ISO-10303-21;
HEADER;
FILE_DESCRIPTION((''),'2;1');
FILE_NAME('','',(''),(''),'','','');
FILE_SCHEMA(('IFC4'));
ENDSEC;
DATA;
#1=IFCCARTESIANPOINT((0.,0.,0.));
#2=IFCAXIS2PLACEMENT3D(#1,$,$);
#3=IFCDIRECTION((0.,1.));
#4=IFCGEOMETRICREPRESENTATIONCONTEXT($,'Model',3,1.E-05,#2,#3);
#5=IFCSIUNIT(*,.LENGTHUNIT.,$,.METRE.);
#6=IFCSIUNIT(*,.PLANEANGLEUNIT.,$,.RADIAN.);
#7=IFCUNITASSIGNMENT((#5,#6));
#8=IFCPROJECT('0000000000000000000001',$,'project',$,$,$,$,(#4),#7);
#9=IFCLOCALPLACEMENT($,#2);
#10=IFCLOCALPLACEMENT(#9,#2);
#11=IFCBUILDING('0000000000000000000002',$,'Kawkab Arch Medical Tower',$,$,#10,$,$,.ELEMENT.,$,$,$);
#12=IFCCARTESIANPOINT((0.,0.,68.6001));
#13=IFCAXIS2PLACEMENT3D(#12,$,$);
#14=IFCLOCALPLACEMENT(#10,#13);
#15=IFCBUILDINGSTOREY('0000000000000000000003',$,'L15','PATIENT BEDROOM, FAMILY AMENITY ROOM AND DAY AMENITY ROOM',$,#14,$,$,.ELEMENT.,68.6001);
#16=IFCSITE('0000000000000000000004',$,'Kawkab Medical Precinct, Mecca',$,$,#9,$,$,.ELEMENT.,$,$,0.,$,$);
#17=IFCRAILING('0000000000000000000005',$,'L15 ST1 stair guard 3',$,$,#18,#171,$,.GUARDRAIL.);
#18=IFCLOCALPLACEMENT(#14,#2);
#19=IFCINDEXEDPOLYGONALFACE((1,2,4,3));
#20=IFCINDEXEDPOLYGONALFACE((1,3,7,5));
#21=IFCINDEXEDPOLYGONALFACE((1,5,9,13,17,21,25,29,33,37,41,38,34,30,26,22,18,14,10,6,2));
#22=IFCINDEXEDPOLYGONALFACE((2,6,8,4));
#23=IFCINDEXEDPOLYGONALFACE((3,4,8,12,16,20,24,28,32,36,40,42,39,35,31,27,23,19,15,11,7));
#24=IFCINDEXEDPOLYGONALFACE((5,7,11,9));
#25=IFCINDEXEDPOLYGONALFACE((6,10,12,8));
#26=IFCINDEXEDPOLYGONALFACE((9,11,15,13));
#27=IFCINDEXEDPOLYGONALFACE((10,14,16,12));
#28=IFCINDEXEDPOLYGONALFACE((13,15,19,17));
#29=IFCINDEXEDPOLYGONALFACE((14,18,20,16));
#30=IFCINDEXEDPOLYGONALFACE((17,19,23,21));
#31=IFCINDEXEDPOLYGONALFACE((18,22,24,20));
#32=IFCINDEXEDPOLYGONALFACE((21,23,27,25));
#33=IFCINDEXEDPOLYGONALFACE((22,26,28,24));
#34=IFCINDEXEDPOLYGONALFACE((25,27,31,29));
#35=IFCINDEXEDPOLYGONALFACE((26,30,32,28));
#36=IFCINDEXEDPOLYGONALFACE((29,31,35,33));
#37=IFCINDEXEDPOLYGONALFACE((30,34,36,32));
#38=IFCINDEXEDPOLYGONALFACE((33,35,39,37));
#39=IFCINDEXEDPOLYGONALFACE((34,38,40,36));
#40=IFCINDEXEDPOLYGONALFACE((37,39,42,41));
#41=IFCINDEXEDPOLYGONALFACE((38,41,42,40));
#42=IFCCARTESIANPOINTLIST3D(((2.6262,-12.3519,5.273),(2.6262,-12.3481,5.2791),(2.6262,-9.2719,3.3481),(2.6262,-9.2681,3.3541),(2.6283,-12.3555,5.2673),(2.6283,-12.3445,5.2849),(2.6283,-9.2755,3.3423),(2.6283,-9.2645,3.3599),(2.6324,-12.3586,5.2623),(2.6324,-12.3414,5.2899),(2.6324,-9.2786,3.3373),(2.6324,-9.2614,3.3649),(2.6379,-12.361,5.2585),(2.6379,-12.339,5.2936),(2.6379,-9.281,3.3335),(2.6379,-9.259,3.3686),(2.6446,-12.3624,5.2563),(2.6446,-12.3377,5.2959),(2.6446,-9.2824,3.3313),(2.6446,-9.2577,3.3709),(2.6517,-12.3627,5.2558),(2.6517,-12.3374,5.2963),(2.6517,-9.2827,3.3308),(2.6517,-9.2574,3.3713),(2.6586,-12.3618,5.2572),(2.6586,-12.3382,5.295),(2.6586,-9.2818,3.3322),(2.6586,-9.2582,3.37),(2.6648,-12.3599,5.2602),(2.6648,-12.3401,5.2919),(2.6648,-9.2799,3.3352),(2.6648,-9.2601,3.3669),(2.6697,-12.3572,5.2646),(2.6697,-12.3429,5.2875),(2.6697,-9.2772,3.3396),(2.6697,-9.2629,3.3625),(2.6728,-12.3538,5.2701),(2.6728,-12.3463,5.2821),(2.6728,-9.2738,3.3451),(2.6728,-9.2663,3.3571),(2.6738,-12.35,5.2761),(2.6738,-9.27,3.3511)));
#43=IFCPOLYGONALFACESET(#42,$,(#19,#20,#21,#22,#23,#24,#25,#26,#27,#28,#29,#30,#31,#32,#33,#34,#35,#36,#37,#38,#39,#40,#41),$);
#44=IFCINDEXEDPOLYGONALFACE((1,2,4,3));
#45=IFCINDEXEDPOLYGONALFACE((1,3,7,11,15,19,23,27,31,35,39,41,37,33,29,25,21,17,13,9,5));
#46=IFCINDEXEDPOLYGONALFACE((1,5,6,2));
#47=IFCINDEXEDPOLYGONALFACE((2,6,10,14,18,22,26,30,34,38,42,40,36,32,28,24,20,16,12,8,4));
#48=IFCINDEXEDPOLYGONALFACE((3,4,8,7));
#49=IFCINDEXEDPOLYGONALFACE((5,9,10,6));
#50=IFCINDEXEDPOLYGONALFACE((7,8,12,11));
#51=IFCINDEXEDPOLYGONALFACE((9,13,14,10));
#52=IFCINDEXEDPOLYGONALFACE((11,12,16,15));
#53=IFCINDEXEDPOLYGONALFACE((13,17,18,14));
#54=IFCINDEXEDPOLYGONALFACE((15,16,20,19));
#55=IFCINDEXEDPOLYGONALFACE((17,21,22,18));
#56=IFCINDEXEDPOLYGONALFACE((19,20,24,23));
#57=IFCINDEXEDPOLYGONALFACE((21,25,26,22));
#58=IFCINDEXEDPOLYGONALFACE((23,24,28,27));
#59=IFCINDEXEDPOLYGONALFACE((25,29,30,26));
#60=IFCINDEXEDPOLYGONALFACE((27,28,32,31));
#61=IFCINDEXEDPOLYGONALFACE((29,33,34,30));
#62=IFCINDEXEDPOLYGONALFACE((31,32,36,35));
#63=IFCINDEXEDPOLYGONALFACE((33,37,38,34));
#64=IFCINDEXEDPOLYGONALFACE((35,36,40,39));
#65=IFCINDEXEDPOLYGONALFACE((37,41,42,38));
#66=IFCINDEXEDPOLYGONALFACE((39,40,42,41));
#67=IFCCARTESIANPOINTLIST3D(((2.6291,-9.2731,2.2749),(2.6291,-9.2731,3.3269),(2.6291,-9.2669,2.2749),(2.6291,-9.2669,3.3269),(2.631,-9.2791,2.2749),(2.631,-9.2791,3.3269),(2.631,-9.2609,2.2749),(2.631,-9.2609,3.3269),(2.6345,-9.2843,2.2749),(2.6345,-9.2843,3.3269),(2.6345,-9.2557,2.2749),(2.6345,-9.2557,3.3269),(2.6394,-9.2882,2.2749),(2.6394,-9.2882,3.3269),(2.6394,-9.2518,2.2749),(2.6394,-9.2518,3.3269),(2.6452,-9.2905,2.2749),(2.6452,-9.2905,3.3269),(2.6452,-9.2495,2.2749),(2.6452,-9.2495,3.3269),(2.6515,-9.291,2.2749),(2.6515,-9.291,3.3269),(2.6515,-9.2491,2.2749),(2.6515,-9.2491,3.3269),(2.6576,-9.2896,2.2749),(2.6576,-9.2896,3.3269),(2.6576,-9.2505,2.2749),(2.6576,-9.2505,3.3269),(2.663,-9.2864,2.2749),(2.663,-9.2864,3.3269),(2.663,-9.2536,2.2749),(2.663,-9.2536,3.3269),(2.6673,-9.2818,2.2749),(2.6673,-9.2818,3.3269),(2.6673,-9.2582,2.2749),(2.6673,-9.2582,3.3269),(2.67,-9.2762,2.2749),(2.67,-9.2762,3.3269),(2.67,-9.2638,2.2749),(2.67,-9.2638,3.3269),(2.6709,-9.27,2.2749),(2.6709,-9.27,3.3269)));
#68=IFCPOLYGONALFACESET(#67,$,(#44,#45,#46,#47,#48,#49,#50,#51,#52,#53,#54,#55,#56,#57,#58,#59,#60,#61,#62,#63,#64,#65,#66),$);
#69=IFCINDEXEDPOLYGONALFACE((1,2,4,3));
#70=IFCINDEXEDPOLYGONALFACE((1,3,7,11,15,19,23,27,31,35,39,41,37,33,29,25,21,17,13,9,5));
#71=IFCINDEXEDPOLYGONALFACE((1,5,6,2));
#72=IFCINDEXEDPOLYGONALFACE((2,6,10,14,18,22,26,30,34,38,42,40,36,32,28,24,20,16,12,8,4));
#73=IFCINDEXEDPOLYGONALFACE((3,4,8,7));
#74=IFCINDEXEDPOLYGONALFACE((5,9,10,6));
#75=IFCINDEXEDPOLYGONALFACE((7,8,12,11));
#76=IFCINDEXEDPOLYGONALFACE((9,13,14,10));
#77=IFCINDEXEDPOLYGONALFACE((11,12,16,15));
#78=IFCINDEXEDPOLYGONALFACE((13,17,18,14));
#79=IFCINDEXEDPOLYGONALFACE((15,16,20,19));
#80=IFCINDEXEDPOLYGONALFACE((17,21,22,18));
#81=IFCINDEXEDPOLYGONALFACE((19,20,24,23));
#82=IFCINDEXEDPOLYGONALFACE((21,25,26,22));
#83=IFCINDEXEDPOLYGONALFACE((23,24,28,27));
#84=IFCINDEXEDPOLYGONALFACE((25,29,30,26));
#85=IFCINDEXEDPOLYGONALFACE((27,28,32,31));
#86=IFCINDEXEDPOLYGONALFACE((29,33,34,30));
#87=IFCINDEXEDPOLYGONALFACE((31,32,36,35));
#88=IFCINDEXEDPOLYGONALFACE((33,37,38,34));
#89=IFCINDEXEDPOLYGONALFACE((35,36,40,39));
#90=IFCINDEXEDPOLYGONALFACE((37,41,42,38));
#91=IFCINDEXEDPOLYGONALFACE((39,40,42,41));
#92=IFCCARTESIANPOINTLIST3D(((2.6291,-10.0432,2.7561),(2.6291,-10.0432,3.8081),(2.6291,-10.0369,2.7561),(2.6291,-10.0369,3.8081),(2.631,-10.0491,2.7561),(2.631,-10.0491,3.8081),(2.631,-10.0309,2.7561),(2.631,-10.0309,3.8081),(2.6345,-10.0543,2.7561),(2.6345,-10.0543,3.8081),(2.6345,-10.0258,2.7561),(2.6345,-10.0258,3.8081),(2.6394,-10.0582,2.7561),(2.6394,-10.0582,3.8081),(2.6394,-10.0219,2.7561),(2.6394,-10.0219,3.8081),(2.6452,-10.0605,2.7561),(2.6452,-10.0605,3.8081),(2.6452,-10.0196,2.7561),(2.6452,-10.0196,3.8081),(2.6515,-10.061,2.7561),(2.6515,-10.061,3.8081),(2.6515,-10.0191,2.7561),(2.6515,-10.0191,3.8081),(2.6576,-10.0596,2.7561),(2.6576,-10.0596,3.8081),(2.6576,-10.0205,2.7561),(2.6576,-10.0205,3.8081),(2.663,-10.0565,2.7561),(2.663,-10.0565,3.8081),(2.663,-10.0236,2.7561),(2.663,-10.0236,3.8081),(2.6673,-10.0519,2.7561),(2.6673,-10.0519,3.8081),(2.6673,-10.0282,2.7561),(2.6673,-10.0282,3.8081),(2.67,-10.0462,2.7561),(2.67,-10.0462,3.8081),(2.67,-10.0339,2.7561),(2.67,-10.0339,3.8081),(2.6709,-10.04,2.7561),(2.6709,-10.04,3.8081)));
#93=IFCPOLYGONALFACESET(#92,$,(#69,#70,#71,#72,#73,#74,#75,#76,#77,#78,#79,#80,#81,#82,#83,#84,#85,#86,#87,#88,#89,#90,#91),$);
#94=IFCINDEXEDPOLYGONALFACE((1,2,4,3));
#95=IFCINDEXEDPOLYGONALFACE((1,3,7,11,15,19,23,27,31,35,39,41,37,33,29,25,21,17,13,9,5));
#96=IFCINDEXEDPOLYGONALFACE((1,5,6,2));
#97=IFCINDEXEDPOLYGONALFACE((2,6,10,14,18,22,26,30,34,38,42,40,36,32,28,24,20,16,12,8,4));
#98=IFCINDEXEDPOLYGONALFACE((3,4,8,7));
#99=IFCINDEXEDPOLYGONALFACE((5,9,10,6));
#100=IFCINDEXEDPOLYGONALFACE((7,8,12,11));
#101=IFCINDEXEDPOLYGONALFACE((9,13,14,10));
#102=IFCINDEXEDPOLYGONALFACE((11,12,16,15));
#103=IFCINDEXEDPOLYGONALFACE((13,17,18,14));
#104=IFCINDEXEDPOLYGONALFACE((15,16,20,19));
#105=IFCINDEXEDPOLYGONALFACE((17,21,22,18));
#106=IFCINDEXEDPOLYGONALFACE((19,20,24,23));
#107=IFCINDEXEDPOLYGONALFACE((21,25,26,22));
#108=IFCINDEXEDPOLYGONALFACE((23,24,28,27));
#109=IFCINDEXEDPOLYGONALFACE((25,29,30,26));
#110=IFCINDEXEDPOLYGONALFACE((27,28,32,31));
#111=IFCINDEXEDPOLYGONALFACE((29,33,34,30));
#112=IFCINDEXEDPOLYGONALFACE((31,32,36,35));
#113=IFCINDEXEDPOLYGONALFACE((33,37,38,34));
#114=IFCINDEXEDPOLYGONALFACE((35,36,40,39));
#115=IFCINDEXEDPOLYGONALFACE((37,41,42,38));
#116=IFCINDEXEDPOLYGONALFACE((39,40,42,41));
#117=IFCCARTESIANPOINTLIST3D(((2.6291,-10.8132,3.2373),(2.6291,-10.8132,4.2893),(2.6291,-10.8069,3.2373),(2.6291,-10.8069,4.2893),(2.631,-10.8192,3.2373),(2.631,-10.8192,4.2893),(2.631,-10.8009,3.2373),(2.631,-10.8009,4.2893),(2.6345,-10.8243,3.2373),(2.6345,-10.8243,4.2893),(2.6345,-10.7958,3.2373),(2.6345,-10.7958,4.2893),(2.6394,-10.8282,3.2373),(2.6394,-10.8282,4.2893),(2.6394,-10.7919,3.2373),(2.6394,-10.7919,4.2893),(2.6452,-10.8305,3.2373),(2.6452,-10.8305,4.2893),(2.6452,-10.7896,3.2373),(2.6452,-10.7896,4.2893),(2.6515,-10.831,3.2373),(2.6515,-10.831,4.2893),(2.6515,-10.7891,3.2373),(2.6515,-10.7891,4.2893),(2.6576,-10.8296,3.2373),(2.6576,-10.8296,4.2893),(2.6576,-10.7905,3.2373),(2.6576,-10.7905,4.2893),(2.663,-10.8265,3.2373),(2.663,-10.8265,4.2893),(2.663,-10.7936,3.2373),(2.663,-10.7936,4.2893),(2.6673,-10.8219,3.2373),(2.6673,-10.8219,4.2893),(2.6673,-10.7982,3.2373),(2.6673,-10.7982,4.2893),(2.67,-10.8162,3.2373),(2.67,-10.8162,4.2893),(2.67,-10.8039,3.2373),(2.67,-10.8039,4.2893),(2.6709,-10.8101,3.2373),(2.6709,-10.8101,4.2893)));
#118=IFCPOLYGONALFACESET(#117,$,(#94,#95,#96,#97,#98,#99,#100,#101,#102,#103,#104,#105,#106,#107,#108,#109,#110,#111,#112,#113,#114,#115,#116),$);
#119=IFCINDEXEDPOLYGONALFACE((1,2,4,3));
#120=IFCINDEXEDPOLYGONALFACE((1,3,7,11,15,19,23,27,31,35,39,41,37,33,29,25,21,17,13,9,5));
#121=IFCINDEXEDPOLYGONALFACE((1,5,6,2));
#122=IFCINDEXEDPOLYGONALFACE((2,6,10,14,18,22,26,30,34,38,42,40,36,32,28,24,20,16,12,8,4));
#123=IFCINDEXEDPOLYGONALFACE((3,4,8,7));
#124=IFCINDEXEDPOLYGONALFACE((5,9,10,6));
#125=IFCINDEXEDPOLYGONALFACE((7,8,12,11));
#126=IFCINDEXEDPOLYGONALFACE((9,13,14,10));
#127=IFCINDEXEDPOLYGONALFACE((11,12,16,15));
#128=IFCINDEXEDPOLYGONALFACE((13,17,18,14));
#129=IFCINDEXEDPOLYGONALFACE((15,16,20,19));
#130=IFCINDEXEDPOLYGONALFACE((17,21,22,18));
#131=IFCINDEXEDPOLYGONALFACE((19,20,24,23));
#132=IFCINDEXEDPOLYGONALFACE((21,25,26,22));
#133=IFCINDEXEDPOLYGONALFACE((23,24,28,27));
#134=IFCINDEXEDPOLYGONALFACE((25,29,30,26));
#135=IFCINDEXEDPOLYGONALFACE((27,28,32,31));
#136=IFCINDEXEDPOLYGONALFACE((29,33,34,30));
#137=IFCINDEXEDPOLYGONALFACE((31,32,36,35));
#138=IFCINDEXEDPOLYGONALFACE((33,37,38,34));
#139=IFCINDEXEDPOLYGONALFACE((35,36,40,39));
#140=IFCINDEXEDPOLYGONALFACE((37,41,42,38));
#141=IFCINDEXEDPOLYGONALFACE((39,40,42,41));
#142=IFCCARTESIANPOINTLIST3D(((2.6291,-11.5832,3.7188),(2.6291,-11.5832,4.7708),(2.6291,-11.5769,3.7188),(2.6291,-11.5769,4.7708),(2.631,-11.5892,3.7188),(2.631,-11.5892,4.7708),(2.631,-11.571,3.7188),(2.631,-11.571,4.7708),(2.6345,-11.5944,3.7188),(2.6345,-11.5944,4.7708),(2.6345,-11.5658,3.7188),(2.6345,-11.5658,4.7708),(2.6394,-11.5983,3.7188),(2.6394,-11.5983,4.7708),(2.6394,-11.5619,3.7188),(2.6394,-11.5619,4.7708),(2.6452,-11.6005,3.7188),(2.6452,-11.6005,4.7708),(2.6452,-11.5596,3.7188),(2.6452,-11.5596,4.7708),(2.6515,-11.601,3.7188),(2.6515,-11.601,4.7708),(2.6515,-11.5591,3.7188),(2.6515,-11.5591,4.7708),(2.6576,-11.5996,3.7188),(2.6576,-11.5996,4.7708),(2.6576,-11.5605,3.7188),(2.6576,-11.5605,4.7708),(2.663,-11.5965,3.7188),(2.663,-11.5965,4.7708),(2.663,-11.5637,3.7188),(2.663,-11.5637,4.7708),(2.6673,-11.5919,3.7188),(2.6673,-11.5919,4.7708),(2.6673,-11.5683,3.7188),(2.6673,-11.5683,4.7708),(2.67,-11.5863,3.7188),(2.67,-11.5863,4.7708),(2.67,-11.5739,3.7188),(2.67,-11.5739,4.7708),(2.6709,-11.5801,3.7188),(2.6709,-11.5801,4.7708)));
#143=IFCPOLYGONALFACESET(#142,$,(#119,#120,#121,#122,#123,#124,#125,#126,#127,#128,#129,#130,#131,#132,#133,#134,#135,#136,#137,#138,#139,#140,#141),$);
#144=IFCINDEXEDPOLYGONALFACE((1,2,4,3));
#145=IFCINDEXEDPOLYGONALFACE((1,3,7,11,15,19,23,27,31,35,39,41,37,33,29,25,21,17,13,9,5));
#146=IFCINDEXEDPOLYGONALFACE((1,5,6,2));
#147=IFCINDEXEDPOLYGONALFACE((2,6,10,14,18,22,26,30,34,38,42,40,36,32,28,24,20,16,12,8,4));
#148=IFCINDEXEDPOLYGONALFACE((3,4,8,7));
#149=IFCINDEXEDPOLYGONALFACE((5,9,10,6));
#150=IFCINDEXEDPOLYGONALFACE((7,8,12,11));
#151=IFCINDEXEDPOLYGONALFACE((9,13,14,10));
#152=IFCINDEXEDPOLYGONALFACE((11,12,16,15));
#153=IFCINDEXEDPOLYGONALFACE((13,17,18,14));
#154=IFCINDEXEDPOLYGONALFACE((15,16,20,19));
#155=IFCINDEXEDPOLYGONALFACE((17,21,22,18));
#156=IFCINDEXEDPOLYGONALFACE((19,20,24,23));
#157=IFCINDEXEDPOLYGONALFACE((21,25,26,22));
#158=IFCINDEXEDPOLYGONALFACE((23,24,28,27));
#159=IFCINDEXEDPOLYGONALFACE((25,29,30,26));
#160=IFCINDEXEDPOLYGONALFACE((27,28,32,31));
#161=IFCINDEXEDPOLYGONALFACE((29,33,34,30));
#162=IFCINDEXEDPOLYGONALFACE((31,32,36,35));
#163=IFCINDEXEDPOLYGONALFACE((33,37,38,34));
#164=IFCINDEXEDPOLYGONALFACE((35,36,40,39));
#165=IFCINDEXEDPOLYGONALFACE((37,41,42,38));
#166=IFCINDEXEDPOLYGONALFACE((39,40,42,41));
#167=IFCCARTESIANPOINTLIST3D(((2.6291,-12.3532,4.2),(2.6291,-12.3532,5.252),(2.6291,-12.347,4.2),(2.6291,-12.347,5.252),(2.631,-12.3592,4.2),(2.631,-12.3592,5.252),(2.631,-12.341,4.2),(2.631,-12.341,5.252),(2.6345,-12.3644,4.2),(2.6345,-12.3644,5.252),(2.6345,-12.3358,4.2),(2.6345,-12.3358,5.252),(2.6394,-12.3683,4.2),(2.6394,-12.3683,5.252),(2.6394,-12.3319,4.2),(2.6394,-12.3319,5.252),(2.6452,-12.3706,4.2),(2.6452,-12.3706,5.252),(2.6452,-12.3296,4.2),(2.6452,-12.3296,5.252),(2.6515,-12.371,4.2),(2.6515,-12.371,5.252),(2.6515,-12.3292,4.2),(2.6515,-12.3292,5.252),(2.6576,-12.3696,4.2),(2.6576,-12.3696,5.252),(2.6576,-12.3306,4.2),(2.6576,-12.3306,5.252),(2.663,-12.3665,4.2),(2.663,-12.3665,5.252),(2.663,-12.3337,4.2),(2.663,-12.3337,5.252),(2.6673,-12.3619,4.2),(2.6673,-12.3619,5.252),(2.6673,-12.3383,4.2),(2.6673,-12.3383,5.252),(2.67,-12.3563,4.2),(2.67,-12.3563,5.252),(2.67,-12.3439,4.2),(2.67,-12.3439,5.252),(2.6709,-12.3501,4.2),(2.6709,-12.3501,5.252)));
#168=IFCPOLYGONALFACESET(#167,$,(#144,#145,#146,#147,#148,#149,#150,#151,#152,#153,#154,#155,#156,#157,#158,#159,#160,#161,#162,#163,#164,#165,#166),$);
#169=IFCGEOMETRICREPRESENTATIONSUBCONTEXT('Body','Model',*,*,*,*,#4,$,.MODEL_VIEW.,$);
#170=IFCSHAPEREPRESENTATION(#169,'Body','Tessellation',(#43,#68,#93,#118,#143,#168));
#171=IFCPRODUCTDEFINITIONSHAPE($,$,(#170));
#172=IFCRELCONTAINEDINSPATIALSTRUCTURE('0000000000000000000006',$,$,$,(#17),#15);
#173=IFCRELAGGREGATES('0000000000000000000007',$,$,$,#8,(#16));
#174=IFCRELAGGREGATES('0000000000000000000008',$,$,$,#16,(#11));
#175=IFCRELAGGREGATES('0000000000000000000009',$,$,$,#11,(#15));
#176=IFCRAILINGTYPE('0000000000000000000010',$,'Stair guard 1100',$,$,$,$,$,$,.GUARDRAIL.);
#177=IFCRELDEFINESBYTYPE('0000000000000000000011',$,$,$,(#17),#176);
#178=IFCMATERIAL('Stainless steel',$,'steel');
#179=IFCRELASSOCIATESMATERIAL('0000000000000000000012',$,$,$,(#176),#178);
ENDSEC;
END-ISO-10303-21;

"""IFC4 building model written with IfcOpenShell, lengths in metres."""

from ifc_helpers import new_model, si_unit, direction, frame, origin, origin_2d, place, context, subcontext, project, spatial, circle, extrude, material, type_object, element, save


model = new_model("IFC4")

# Units and contexts
model_context = context("Model", 3, precision=1e-05, world=origin(), true_north=direction((0.0, 1.0)))
body_context = subcontext(model_context, "Body", "Model", "MODEL_VIEW")
ifc_project = project(units=[si_unit("LENGTHUNIT", "METRE"), si_unit("PLANEANGLEUNIT", "RADIAN")], contexts=[model_context])

# Site, building, storey
site_placement = place(None, origin())
site = spatial("IfcSite", under=ifc_project, at=site_placement, Name="Kawkab Medical Precinct, Mecca", CompositionType="ELEMENT", RefElevation=0.0)
building_placement = place(site_placement, origin())
building = spatial("IfcBuilding", under=site, at=building_placement, Name="Kawkab Arch Medical Tower", CompositionType="ELEMENT")
storey_placement = place(building_placement, frame((0.0, 0.0, 68.6001)))
storey = spatial("IfcBuildingStorey", under=building, at=storey_placement, Name="L15", Description="PATIENT BEDROOM, FAMILY AMENITY ROOM AND DAY AMENITY ROOM", CompositionType="ELEMENT", Elevation=68.6001)

# Railing
ifc_material_1 = material(Name="Stainless steel", Category="steel")
railing_type_1 = type_object("IfcRailingType", Name="Stair guard 1100", PredefinedType="GUARDRAIL", material=ifc_material_1)
railing_1_placement = place(storey_placement, frame((2.6499, -9.27, 2.2749)))
element("IfcRailing", 1, at=railing_1_placement, inside=storey, type_object=railing_type_1, Name="L15 ST1 stair guard 3", PredefinedType="GUARDRAIL", context=body_context, shape_type="SweptSolid", body=[
    extrude(circle(Radius=0.0239, at=origin_2d()), frame((0.0, 0.0, 1.0762), z_axis=(0.0, -0.847998, 0.529999), x_axis=(1.0, 0.0, 0.0)), (0.0, 0.0, 1.0), 3.6321),
    extrude(circle(Radius=0.021, at=origin_2d()), origin(), (0.0, 0.0, 1.0), 1.052),
    extrude(circle(Radius=0.021, at=origin_2d()), frame((0.0, -0.77, 0.4812)), (0.0, 0.0, 1.0), 1.052),
    extrude(circle(Radius=0.021, at=origin_2d()), frame((0.0, -1.54, 0.9624)), (0.0, 0.0, 1.0), 1.052),
    extrude(circle(Radius=0.021, at=origin_2d()), frame((0.0, -2.3101, 1.4438)), (0.0, 0.0, 1.0), 1.052),
    extrude(circle(Radius=0.021, at=origin_2d()), frame((0.0, -3.0801, 1.925)), (0.0, 0.0, 1.0), 1.052),
])

save(model, "model.ifc")
